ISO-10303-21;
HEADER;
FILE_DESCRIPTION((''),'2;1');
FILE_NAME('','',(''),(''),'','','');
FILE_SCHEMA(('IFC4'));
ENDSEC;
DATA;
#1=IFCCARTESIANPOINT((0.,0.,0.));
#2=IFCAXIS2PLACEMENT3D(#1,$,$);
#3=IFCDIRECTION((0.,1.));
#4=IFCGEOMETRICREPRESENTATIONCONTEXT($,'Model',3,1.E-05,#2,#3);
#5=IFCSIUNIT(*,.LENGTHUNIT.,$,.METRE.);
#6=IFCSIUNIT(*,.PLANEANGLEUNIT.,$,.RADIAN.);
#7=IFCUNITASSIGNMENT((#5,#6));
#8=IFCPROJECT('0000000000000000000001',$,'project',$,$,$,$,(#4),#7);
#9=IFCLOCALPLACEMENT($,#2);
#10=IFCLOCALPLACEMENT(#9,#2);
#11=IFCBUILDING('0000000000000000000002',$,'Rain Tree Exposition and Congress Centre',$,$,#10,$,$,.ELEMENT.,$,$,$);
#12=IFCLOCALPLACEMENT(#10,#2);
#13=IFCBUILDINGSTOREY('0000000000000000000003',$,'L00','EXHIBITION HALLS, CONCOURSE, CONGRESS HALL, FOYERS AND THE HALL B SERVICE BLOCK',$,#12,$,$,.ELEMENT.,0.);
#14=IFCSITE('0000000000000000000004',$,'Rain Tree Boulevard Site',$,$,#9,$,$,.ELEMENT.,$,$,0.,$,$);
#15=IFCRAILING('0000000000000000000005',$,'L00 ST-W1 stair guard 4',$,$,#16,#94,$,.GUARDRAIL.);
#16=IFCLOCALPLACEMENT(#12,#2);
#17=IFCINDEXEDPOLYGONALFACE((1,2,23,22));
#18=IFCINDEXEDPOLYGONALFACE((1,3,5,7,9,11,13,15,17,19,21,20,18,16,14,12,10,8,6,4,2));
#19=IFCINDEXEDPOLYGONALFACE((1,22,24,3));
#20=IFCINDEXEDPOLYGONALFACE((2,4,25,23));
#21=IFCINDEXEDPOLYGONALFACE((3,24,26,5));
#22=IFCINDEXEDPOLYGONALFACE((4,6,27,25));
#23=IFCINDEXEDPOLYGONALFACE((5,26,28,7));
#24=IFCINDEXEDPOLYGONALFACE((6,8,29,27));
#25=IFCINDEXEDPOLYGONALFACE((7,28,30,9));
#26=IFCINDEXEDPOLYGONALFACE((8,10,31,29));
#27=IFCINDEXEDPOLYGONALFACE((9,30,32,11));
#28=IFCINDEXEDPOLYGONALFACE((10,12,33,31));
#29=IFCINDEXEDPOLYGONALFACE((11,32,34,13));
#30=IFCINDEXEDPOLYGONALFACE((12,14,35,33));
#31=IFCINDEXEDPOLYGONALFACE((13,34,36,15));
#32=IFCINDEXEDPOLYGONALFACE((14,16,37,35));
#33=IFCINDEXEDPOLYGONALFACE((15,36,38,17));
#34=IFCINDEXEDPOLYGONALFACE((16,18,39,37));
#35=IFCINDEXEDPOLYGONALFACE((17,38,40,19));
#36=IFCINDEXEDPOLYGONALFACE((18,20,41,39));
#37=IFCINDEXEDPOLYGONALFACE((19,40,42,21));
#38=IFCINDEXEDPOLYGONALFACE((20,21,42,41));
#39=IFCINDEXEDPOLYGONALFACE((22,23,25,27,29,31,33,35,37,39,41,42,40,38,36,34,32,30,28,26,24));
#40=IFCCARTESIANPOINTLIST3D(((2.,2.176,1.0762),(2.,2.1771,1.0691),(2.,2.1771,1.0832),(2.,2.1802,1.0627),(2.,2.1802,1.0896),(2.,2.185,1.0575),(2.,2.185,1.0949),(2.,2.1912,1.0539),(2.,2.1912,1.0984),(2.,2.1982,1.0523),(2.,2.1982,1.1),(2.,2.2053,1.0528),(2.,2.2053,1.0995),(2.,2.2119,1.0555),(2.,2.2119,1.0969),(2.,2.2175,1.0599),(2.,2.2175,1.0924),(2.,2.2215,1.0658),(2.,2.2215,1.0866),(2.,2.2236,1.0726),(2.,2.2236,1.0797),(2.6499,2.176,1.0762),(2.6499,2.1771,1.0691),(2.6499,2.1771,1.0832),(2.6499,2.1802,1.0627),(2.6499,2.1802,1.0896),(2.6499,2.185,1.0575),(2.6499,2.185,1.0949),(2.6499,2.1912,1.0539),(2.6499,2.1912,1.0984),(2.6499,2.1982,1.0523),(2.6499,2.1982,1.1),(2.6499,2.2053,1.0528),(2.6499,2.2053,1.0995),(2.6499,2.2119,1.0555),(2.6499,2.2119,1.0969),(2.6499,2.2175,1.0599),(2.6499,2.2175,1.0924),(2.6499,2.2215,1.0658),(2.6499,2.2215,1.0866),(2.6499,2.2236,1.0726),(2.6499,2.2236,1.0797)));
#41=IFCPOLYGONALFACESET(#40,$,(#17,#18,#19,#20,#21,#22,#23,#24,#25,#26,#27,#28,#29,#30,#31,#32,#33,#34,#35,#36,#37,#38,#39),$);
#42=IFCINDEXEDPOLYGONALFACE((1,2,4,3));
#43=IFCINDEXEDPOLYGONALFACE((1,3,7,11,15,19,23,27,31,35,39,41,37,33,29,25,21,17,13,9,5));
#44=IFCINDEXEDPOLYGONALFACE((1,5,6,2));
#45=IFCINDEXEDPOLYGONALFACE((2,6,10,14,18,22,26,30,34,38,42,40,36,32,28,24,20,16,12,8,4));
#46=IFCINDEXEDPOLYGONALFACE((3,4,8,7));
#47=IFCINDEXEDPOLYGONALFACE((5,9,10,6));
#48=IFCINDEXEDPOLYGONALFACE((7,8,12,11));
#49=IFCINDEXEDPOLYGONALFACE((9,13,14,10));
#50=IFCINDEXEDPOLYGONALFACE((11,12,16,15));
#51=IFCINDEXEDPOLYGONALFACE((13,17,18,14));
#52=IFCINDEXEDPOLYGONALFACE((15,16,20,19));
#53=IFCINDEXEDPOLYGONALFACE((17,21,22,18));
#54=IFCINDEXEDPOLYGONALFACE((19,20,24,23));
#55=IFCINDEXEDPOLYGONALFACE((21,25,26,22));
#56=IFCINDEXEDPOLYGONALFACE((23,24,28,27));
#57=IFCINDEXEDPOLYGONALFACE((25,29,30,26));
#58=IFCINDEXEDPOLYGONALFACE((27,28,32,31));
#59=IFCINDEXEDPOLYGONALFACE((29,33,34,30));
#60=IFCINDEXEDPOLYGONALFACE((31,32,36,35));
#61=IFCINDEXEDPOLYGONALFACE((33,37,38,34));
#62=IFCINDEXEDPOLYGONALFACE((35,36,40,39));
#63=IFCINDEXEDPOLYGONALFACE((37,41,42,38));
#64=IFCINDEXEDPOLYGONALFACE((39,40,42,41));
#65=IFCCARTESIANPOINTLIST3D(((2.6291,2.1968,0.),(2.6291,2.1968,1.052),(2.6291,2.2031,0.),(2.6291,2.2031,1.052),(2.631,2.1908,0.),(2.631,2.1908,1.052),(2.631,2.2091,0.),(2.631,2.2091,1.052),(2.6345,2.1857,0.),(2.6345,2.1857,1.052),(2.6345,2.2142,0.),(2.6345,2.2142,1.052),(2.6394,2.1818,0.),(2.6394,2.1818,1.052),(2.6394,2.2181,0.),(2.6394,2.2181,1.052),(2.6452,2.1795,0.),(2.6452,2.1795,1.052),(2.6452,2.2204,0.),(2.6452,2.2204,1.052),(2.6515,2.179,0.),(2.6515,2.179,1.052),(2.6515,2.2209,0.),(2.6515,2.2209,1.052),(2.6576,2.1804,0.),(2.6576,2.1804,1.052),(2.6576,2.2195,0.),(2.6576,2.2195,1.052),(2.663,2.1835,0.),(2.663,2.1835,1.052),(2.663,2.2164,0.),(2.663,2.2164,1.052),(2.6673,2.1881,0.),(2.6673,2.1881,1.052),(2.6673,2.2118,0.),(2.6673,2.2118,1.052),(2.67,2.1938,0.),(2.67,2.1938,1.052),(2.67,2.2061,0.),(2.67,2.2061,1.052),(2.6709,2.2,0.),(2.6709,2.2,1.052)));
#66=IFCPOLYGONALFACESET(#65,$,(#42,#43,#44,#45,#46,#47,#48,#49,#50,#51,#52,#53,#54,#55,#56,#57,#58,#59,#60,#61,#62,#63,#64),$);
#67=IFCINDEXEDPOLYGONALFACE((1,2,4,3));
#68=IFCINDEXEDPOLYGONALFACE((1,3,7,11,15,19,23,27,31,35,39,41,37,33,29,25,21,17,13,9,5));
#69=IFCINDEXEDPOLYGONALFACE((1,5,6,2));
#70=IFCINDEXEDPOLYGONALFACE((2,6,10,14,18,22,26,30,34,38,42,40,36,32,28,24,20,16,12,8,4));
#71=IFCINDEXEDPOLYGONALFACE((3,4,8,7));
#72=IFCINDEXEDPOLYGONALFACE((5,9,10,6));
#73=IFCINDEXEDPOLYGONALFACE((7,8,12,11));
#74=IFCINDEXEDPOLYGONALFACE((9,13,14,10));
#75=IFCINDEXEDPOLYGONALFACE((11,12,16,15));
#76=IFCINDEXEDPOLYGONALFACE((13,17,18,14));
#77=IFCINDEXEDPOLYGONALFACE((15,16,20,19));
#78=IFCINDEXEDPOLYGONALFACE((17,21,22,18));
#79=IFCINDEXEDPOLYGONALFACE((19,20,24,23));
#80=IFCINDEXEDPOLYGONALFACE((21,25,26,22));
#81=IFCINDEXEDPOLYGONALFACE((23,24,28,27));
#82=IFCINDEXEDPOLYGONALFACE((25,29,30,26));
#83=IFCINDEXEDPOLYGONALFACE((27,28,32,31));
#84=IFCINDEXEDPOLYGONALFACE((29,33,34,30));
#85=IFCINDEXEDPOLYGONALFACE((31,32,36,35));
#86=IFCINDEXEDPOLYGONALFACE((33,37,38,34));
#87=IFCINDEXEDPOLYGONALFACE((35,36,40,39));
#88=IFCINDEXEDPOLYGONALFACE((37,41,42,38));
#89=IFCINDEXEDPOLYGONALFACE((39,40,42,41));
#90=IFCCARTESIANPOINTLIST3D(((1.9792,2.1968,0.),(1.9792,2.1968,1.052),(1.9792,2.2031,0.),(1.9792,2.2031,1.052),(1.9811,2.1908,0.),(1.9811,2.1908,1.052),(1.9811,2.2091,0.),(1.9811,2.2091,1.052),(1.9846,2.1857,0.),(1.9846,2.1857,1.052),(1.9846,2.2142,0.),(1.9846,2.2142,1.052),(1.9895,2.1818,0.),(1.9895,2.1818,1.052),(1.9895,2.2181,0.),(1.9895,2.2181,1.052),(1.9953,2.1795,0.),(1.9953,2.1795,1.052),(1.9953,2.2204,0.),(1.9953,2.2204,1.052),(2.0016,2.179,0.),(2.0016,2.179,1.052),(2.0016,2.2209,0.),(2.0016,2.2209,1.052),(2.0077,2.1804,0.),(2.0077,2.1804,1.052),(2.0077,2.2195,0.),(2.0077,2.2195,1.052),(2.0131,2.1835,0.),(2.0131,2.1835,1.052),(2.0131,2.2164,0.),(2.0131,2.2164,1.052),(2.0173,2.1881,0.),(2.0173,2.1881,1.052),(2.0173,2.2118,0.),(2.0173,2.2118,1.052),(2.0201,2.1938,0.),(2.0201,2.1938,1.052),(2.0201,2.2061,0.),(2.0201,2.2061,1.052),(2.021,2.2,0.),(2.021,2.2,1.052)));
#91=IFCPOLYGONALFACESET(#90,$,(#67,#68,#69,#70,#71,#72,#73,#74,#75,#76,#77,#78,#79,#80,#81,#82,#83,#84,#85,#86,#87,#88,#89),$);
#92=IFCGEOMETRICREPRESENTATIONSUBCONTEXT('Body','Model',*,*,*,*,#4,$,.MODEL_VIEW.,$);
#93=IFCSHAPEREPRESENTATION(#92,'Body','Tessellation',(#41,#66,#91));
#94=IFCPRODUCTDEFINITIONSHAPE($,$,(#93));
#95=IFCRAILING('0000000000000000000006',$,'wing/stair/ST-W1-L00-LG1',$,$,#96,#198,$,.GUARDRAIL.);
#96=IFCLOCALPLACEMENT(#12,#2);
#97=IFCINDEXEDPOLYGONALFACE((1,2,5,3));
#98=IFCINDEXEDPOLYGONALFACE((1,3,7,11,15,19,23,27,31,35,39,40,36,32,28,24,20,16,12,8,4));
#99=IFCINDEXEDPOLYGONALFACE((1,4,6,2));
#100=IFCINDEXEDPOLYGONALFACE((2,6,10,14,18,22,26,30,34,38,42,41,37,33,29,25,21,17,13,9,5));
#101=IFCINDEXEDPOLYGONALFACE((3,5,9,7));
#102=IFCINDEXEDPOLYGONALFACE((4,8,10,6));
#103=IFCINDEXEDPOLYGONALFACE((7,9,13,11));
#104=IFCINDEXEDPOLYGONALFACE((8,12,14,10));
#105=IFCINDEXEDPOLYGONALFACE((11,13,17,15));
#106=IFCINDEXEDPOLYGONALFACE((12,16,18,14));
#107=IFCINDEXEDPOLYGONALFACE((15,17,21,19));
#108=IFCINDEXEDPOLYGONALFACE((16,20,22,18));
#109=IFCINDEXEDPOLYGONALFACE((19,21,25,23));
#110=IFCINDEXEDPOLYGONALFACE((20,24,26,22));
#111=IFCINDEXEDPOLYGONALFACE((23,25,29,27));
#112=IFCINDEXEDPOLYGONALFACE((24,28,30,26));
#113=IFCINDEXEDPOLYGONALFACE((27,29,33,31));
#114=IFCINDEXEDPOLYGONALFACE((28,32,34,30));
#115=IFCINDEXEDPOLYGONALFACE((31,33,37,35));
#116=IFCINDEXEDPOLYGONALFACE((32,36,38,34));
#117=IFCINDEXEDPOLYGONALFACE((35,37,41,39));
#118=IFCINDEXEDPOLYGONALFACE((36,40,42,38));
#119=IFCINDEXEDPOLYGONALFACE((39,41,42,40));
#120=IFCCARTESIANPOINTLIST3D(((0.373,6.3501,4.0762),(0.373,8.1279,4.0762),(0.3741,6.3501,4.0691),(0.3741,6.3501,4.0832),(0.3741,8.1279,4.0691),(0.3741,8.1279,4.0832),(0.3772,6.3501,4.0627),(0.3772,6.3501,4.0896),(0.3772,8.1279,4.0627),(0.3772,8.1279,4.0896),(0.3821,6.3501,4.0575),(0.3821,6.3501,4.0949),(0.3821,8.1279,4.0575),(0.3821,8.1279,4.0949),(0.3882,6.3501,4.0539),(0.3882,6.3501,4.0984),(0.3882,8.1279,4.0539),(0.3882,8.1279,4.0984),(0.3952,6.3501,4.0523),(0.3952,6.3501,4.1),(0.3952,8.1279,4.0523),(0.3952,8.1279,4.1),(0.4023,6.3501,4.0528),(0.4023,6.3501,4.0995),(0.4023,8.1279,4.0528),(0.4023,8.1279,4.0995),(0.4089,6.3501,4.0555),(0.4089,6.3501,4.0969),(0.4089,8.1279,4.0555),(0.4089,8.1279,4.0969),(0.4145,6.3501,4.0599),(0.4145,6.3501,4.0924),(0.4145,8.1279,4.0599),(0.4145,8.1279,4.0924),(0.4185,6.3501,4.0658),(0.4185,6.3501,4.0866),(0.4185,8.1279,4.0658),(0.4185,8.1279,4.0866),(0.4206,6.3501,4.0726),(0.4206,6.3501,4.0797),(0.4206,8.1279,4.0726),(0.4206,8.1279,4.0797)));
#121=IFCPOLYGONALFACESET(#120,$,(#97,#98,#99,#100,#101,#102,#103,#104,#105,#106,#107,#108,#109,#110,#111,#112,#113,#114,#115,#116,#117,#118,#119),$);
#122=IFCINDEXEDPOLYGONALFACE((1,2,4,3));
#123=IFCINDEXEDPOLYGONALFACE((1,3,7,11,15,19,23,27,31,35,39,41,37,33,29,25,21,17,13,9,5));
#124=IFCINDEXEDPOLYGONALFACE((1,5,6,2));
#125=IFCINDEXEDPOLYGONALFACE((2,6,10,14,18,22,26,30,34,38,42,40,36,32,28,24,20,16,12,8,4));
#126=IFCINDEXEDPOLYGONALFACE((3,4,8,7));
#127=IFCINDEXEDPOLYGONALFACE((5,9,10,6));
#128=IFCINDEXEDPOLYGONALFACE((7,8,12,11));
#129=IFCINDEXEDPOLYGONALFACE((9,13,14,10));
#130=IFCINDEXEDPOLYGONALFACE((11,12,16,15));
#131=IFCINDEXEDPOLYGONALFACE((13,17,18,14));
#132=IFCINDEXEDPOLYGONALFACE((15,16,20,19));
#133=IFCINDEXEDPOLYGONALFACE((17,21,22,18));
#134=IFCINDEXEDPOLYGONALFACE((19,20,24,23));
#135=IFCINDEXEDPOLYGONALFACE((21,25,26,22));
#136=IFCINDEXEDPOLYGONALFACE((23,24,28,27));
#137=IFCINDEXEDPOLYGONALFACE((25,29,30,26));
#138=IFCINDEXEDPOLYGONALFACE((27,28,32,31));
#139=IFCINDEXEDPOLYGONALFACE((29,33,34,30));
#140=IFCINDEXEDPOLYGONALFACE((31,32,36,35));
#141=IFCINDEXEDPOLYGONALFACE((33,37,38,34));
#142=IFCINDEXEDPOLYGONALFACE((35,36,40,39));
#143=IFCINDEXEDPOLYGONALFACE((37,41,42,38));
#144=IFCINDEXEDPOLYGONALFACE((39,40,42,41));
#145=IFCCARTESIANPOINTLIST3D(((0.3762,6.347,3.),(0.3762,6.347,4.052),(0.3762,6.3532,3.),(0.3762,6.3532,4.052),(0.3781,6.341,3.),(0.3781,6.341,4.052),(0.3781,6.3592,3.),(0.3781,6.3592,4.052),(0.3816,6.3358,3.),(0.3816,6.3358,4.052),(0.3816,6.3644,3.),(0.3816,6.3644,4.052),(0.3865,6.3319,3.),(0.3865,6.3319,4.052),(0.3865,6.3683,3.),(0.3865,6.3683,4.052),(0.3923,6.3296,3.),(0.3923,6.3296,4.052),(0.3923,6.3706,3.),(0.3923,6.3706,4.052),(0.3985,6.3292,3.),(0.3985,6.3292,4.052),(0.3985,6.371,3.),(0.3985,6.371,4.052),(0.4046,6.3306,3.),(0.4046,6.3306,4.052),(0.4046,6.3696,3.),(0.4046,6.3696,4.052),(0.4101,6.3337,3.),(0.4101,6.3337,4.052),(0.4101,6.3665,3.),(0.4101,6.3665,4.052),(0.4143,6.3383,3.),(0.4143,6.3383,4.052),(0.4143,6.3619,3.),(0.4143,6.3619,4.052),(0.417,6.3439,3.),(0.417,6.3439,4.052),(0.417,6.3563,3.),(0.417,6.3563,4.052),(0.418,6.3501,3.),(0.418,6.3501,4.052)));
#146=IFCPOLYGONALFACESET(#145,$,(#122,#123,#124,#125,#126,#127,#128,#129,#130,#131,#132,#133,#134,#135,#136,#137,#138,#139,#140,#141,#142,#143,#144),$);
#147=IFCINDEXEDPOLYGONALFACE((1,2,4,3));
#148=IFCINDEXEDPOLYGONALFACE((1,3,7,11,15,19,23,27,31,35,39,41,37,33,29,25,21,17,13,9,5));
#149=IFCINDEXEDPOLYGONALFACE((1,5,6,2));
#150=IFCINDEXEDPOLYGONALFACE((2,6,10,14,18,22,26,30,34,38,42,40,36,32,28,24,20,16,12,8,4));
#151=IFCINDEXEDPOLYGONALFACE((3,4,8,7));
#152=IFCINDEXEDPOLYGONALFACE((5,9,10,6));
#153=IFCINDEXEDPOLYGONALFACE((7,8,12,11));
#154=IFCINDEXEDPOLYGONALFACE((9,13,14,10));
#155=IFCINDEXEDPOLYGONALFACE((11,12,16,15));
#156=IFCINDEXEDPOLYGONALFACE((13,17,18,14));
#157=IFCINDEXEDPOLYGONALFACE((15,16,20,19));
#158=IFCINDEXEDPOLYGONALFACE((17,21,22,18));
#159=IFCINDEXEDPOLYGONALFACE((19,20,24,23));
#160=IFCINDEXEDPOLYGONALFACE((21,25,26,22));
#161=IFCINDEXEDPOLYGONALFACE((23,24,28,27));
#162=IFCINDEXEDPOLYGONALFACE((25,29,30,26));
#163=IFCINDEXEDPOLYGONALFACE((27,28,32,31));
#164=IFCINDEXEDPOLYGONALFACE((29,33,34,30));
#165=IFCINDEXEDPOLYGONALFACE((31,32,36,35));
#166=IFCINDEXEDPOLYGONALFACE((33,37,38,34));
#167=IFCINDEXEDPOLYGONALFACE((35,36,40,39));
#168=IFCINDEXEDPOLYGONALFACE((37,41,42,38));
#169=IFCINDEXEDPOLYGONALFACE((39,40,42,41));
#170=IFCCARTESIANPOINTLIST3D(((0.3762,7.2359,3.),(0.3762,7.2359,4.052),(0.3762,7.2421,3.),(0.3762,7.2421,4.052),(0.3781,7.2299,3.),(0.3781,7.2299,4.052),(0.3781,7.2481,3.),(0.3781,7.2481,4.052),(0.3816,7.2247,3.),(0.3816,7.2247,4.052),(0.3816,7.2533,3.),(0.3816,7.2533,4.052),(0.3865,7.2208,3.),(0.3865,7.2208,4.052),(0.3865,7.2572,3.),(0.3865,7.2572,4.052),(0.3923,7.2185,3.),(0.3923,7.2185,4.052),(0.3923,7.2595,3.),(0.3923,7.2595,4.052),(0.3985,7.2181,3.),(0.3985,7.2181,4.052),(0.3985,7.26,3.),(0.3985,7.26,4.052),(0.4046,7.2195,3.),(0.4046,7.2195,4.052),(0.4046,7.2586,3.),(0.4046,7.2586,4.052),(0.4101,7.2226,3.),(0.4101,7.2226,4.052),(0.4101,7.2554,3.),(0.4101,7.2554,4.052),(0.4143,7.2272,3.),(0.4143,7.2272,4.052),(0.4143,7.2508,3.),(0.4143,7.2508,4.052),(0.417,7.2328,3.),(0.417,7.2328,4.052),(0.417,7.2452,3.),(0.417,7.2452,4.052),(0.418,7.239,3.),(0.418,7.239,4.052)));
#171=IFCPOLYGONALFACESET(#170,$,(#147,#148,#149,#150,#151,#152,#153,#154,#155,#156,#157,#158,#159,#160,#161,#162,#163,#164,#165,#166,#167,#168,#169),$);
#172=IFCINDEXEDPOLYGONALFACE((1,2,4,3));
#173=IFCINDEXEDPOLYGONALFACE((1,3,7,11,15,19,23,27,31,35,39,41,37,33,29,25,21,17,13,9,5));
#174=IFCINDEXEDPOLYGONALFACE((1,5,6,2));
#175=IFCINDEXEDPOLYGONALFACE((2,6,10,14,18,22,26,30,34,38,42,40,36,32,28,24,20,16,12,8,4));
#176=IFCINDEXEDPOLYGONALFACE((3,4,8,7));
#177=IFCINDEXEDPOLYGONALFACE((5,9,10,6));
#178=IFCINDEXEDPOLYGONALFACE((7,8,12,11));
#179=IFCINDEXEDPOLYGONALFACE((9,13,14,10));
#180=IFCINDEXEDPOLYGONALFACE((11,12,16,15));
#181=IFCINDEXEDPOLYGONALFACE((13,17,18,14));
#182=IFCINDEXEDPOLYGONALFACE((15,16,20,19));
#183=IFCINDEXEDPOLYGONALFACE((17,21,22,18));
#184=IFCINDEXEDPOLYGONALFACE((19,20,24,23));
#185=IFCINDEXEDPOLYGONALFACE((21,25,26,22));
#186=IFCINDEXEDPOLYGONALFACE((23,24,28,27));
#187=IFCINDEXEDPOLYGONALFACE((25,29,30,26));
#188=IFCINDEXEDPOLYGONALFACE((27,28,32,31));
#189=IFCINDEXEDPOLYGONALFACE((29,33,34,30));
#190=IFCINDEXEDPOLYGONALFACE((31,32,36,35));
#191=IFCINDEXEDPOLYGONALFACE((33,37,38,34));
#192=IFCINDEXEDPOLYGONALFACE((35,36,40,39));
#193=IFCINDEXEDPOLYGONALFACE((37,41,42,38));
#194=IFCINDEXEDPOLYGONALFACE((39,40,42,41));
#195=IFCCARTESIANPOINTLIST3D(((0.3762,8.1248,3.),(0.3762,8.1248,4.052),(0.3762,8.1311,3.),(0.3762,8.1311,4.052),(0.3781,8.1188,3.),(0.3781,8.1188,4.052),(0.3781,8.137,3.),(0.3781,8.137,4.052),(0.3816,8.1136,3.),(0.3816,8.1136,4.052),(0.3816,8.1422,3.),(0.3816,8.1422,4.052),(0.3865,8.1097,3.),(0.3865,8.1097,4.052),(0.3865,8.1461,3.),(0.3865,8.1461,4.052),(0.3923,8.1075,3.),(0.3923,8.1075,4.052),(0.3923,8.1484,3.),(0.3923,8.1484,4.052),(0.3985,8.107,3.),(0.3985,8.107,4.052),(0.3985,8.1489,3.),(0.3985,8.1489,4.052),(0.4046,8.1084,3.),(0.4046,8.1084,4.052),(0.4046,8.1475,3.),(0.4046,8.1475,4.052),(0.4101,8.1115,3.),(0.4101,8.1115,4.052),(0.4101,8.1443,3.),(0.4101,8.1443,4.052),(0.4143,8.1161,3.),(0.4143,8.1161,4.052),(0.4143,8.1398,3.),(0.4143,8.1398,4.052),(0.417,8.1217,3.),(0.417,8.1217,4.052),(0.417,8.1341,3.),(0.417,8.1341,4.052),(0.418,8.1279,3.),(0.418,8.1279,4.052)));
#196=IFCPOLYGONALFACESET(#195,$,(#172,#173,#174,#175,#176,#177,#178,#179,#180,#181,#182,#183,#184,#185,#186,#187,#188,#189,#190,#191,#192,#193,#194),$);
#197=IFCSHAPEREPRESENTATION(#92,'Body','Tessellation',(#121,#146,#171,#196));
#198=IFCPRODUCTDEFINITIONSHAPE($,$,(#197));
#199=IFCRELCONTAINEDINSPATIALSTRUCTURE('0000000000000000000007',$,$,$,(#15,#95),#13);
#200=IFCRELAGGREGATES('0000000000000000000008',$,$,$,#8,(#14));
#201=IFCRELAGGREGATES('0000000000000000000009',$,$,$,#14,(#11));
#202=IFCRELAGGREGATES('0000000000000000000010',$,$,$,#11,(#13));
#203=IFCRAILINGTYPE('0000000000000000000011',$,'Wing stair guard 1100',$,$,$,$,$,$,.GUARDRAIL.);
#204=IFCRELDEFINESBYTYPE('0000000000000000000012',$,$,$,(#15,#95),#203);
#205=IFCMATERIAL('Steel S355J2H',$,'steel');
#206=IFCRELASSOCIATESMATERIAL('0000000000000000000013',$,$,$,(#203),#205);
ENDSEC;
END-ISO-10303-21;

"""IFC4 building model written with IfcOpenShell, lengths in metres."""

from ifc_helpers import new_model, si_unit, direction, frame, origin, origin_2d, place, context, subcontext, project, spatial, circle, extrude, material, type_object, element, save


model = new_model("IFC4")

# Units and contexts
model_context = context("Model", 3, precision=1e-05, world=origin(), true_north=direction((0.0, 1.0)))
body_context = subcontext(model_context, "Body", "Model", "MODEL_VIEW")
ifc_project = project(units=[si_unit("LENGTHUNIT", "METRE"), si_unit("PLANEANGLEUNIT", "RADIAN")], contexts=[model_context])

# Site, building, storey
site_placement = place(None, origin())
site = spatial("IfcSite", under=ifc_project, at=site_placement, Name="Rain Tree Boulevard Site", CompositionType="ELEMENT", RefElevation=0.0)
building_placement = place(site_placement, origin())
building = spatial("IfcBuilding", under=site, at=building_placement, Name="Rain Tree Exposition and Congress Centre", CompositionType="ELEMENT")
storey_placement = place(building_placement, origin())
storey = spatial("IfcBuildingStorey", under=building, at=storey_placement, Name="L00", Description="EXHIBITION HALLS, CONCOURSE, CONGRESS HALL, FOYERS AND THE HALL B SERVICE BLOCK", CompositionType="ELEMENT", Elevation=0.0)

# Railings
ifc_material_1 = material(Name="Steel S355J2H", Category="steel")
railing_type_1 = type_object("IfcRailingType", Name="Wing stair guard 1100", PredefinedType="GUARDRAIL", material=ifc_material_1)
railing_1_placement = place(storey_placement, frame((2.6499, 2.2, 0.0)))
element("IfcRailing", 1, at=railing_1_placement, inside=storey, type_object=railing_type_1, Name="L00 ST-W1 stair guard 4", PredefinedType="GUARDRAIL", context=body_context, shape_type="SweptSolid", body=[
    extrude(circle(Radius=0.0239, at=origin_2d()), frame((0.0, 0.0, 1.0762), z_axis=(-1.0, 0.0, 0.0), x_axis=(0.0, -1.0, 0.0)), (0.0, 0.0, 1.0), 0.6499),
    extrude(circle(Radius=0.021, at=origin_2d()), origin(), (0.0, 0.0, 1.0), 1.052),
    extrude(circle(Radius=0.021, at=origin_2d()), frame((-0.6499, 0.0, 0.0)), (0.0, 0.0, 1.0), 1.052),
])
railing_2_placement = place(storey_placement, frame((0.397, 6.3501, 3.0)))
element("IfcRailing", 2, at=railing_2_placement, inside=storey, type_object=railing_type_1, Name="wing/stair/ST-W1-L00-LG1", PredefinedType="GUARDRAIL", context=body_context, shape_type="SweptSolid", body=[
    extrude(circle(Radius=0.0239, at=origin_2d()), frame((0.0, 0.0, 1.0762), z_axis=(0.0, 1.0, 0.0), x_axis=(-1.0, 0.0, 0.0)), (0.0, 0.0, 1.0), 1.7778),
    extrude(circle(Radius=0.021, at=origin_2d()), origin(), (0.0, 0.0, 1.0), 1.052),
    extrude(circle(Radius=0.021, at=origin_2d()), frame((0.0, 0.8889, 0.0)), (0.0, 0.0, 1.0), 1.052),
    extrude(circle(Radius=0.021, at=origin_2d()), frame((0.0, 1.7778, 0.0)), (0.0, 0.0, 1.0), 1.052),
])

save(model, "model.ifc")
